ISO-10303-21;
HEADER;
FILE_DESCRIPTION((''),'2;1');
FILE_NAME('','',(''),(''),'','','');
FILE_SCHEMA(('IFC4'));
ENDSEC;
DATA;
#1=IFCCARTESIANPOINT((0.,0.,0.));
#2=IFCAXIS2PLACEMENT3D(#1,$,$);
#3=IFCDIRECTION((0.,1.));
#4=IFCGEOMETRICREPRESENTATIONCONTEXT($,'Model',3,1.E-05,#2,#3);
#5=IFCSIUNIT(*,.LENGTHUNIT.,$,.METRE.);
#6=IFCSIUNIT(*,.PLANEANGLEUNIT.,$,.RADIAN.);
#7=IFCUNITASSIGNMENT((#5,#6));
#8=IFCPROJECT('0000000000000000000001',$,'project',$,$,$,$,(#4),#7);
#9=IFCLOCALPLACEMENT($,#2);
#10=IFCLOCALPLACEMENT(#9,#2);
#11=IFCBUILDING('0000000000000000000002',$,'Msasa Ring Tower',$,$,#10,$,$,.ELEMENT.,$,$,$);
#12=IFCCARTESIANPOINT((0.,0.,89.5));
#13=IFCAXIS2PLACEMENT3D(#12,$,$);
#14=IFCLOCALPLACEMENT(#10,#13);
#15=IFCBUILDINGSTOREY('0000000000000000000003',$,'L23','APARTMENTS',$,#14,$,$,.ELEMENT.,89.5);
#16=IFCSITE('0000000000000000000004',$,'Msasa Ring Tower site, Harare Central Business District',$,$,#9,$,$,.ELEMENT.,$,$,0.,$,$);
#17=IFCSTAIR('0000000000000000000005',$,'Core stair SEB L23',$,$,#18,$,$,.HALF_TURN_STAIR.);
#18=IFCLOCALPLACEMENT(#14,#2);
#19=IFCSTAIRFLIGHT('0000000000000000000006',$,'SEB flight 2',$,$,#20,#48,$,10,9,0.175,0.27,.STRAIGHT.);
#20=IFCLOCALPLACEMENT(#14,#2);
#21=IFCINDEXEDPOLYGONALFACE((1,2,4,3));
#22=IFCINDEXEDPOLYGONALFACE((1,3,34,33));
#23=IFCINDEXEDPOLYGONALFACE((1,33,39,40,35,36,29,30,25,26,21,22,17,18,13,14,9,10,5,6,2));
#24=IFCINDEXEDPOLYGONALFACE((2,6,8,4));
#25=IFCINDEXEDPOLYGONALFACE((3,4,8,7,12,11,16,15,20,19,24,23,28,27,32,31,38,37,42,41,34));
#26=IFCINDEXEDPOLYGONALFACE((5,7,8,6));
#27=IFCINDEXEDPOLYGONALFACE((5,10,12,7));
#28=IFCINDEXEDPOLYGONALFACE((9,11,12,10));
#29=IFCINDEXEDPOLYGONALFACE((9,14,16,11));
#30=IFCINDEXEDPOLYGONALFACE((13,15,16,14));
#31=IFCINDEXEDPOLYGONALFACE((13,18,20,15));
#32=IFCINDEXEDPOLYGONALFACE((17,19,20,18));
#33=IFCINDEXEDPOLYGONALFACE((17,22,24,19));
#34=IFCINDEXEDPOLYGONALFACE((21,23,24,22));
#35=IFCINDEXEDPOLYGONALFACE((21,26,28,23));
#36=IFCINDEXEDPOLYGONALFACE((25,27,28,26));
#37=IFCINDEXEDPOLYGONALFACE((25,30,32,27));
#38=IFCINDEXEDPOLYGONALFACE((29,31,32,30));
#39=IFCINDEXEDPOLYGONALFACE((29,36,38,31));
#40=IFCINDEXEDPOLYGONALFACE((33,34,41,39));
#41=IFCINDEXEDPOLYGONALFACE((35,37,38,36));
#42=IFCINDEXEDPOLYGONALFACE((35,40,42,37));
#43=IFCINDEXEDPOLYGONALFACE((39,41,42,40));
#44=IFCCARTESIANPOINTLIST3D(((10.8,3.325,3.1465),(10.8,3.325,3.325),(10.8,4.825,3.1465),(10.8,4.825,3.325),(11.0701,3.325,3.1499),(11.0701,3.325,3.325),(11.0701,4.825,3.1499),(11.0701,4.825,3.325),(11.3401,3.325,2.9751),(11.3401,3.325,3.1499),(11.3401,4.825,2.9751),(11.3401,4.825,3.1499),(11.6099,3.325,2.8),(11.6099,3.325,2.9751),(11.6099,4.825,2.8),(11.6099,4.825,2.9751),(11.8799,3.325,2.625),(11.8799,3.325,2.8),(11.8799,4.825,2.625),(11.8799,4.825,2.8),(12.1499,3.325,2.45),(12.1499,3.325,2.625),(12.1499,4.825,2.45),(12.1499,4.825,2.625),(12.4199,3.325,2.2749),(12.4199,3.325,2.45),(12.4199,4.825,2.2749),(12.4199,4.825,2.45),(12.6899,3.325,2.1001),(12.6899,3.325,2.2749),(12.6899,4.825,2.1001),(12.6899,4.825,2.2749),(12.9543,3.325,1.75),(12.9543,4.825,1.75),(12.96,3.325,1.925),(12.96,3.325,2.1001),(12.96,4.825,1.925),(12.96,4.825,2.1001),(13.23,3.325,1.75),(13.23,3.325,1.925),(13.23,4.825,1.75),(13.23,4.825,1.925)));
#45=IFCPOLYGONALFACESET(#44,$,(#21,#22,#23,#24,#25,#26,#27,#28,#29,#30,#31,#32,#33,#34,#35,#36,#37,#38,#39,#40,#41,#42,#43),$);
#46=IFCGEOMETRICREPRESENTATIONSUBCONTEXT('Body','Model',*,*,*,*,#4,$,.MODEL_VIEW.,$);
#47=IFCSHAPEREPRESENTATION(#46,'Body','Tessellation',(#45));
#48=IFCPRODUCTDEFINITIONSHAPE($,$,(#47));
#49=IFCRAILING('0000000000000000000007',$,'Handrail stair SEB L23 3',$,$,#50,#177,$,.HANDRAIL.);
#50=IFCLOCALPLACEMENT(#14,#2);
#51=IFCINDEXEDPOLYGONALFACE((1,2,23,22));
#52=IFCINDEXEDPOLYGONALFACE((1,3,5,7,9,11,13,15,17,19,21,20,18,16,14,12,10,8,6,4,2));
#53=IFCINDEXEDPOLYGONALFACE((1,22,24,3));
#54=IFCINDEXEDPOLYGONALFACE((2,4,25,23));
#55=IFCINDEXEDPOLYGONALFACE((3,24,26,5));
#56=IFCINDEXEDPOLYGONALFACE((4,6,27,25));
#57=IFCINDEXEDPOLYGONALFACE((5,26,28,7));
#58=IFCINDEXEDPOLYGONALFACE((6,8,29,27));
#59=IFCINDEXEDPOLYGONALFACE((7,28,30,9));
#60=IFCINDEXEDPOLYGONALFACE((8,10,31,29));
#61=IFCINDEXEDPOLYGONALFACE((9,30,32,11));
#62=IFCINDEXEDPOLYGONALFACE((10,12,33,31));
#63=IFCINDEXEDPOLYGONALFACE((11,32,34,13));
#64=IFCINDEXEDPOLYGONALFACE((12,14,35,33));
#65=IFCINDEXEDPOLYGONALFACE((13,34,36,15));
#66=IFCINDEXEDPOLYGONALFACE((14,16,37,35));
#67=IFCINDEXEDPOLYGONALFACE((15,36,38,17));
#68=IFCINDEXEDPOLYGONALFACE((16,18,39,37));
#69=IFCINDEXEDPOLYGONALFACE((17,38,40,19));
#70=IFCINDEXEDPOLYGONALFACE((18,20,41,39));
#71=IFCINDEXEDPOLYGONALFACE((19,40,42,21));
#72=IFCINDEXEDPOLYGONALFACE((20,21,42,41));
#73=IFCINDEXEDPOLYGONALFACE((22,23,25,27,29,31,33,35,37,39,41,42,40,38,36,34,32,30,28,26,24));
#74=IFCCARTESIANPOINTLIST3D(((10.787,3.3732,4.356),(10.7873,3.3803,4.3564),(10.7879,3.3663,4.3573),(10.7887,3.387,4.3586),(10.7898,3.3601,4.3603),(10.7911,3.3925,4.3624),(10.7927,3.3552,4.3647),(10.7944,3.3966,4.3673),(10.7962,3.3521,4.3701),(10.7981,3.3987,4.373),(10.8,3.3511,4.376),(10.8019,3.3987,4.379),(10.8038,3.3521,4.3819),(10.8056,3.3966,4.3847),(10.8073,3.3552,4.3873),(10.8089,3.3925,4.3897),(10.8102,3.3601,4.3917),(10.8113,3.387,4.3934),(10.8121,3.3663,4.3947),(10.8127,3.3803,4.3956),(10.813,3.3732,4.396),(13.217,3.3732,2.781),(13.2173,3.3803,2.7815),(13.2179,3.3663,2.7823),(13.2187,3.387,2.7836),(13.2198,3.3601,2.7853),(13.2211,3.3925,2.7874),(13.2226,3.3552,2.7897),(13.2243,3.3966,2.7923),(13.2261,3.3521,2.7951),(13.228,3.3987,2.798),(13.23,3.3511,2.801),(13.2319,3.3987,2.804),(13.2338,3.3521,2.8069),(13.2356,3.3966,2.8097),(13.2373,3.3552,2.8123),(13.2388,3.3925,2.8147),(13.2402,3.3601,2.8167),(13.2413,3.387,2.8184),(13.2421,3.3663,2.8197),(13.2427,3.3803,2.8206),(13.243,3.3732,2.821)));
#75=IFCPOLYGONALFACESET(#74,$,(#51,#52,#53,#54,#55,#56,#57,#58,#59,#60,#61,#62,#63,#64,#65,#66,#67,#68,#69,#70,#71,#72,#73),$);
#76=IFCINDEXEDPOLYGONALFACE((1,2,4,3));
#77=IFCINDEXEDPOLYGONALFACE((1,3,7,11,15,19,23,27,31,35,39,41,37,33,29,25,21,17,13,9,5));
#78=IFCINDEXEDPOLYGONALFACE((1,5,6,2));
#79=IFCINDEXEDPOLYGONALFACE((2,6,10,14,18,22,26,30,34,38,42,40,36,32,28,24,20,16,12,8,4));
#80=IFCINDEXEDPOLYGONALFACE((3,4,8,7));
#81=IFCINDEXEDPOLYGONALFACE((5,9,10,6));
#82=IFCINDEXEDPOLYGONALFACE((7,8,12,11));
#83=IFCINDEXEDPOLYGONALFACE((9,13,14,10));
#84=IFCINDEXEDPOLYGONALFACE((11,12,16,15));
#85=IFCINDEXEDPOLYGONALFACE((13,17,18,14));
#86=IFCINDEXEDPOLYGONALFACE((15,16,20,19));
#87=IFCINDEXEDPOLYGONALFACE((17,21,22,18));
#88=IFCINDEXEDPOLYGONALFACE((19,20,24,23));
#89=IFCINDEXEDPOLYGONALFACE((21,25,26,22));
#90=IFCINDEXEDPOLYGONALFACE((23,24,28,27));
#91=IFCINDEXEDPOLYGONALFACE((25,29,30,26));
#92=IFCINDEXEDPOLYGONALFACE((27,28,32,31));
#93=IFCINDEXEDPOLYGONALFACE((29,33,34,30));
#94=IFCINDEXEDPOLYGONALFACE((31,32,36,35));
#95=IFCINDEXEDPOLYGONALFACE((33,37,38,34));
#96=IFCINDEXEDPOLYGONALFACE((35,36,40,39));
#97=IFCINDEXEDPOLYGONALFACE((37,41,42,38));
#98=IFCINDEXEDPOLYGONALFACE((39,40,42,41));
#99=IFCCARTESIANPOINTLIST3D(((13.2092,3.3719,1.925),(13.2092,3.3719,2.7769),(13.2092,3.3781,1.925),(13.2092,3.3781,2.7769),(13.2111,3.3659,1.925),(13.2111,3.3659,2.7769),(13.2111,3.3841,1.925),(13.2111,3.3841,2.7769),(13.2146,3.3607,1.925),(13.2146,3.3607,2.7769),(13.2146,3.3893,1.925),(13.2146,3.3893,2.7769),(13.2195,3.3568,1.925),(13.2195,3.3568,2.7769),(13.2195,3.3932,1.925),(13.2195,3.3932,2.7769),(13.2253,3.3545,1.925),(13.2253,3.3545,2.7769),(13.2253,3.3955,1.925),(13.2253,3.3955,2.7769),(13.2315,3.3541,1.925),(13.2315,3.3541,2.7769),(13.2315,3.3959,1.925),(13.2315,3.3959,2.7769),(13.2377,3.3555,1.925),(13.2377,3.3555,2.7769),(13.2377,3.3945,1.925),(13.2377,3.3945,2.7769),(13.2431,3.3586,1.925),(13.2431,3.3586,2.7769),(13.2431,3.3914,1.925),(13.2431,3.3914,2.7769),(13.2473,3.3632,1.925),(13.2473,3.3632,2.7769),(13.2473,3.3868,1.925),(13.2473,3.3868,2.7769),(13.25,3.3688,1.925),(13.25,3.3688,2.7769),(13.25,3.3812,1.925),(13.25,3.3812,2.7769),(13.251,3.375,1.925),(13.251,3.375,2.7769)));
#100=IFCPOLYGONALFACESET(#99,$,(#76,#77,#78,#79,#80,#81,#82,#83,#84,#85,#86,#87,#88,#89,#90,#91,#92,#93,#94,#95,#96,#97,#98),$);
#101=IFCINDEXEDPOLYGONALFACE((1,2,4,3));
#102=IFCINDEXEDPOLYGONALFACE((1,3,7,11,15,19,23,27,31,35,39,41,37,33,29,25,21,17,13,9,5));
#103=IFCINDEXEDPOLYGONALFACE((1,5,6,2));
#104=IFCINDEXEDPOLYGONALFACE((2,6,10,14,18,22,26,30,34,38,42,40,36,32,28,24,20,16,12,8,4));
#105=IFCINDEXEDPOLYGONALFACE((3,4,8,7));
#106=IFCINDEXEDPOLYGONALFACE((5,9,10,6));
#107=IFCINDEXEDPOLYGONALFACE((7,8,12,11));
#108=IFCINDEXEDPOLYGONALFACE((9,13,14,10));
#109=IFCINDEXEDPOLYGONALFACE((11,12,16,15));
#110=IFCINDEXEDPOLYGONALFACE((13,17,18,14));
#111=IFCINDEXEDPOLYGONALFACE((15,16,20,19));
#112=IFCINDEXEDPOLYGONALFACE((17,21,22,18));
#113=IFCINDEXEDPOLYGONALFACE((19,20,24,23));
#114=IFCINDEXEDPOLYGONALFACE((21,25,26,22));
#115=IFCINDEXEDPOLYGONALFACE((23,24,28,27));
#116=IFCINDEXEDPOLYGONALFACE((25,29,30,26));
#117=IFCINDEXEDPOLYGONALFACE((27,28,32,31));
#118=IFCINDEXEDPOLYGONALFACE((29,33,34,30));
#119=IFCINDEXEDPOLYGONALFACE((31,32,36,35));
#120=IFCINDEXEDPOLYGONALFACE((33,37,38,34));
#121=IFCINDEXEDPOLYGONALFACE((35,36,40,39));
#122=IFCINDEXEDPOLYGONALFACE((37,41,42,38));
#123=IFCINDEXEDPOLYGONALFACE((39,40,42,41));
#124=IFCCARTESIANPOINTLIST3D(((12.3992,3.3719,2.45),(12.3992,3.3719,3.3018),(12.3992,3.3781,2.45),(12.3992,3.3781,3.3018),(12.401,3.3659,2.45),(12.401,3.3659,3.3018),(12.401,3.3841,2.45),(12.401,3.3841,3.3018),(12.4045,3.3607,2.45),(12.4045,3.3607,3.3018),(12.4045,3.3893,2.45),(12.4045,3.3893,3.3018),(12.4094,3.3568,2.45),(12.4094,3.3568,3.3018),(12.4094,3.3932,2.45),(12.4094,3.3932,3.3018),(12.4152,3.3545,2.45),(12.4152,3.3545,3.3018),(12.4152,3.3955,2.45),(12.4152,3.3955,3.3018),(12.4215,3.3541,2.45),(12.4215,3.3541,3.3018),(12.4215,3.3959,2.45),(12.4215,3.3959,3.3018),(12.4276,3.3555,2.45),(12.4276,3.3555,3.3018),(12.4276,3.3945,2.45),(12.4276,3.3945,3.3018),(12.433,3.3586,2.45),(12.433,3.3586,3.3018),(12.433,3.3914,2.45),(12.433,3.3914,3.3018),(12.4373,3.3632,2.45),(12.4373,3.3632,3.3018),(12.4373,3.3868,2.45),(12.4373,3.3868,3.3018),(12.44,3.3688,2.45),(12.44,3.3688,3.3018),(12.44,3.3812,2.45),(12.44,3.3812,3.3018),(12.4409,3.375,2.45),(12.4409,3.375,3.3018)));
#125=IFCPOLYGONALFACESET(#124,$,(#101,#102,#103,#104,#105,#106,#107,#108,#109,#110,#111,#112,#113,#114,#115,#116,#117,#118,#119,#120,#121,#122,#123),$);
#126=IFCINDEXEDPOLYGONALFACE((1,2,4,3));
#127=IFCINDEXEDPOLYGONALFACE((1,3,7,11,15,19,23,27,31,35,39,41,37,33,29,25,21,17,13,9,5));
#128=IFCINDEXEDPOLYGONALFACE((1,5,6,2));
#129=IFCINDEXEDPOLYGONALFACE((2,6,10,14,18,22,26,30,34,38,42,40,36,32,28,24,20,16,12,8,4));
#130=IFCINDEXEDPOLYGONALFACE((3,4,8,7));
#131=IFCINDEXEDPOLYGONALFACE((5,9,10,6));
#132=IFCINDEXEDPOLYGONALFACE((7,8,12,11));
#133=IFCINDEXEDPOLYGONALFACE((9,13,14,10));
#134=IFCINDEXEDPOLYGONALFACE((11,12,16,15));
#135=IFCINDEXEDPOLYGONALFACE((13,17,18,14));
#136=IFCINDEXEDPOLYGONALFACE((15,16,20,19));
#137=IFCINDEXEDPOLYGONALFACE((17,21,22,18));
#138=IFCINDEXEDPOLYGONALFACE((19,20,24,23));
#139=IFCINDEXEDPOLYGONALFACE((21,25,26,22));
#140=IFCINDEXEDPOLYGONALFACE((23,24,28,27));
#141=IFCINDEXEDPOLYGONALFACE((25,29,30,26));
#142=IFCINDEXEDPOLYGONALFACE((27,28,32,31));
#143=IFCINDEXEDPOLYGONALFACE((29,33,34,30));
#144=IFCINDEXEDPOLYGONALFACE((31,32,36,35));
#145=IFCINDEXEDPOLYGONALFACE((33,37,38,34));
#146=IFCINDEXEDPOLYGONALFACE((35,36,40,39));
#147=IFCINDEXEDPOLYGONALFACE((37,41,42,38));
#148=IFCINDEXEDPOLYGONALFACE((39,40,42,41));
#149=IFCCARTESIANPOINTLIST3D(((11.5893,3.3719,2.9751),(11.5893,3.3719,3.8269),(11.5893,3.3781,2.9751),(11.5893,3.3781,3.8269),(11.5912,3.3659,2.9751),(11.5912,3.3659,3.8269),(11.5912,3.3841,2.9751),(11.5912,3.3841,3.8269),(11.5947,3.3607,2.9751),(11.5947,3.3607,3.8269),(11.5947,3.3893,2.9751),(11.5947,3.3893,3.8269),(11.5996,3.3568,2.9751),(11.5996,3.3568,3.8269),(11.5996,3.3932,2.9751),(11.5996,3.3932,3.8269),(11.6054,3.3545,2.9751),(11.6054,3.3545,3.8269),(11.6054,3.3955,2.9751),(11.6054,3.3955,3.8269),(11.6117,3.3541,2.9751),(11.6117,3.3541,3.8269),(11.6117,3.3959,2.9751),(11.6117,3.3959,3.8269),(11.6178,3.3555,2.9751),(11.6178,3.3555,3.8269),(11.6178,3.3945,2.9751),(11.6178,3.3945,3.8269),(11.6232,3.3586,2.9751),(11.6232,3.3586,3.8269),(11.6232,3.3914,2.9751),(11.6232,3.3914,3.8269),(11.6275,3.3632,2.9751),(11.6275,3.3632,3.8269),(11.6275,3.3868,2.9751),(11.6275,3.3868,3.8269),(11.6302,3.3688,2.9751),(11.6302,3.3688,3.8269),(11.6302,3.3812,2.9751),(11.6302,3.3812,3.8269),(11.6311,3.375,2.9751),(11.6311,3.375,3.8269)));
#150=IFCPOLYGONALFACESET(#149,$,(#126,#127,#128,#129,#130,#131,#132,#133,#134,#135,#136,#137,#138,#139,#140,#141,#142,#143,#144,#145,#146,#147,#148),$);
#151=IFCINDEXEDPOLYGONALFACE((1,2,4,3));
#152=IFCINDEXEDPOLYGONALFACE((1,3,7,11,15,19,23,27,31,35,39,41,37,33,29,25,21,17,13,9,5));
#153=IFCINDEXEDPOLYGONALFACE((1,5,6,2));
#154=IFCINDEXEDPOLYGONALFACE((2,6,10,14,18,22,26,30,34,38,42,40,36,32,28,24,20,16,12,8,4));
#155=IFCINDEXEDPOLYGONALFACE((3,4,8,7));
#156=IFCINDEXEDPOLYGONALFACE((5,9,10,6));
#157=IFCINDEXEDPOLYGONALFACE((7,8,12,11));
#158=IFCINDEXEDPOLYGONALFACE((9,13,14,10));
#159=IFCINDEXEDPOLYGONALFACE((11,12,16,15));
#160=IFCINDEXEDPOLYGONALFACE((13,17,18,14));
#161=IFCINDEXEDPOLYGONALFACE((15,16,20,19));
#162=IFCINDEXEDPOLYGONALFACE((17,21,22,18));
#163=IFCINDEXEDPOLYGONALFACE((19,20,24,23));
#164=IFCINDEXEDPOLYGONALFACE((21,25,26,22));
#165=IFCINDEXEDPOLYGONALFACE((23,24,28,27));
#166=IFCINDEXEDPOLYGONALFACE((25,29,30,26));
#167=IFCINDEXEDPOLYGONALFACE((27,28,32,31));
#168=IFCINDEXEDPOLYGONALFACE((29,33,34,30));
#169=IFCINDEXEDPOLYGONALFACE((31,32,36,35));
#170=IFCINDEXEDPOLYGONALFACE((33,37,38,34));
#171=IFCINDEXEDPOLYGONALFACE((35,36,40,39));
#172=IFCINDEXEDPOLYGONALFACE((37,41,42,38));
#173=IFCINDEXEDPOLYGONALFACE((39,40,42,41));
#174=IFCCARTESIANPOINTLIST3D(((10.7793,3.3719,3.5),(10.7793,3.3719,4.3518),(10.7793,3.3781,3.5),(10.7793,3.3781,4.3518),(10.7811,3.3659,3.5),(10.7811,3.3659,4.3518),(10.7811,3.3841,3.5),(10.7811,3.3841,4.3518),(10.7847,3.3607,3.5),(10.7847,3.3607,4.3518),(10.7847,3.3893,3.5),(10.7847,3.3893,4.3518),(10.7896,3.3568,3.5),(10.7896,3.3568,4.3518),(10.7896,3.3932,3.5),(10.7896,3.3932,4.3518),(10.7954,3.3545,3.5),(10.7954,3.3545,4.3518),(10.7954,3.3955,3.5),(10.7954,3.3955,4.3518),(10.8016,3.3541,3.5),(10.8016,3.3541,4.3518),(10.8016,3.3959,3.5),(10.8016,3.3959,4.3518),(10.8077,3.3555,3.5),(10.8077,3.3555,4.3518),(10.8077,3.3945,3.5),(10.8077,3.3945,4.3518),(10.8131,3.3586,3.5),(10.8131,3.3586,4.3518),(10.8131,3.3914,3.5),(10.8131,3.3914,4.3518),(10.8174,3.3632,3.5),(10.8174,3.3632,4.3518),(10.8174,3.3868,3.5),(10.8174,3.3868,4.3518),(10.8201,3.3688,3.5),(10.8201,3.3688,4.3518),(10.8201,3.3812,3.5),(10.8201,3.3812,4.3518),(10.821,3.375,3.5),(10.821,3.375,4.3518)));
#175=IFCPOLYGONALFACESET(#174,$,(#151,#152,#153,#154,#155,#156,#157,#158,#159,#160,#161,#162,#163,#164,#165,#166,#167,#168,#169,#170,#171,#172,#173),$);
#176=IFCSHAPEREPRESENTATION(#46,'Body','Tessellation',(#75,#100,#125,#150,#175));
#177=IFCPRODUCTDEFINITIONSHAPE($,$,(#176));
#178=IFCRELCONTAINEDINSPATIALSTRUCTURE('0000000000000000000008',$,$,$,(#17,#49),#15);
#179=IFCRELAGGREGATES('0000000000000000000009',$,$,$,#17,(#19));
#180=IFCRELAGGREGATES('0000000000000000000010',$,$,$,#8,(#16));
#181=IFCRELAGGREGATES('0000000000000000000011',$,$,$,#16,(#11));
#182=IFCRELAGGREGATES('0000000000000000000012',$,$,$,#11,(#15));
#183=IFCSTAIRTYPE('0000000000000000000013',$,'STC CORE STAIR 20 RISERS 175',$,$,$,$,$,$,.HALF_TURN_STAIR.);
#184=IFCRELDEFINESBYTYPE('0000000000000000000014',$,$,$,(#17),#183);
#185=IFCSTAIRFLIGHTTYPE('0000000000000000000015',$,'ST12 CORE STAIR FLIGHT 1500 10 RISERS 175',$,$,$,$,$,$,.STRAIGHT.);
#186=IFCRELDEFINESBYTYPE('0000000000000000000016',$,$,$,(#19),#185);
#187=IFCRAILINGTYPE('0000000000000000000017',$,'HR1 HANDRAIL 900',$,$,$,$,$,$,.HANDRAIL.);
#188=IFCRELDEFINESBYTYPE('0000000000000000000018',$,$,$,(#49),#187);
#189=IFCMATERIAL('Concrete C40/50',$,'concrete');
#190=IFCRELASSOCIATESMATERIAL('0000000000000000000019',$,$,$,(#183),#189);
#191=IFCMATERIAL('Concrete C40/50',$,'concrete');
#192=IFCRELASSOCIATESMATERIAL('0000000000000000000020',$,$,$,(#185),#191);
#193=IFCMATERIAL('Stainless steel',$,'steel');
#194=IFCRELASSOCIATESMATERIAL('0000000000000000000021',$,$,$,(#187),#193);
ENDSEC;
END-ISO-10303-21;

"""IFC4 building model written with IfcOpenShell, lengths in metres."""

from ifc_helpers import new_model, si_unit, direction, frame, origin, origin_2d, place, context, subcontext, project, spatial, polyline, circle, outline, extrude, material, type_object, element, aggregate, save


model = new_model("IFC4")

# Units and contexts
model_context = context("Model", 3, precision=1e-05, world=origin(), true_north=direction((0.0, 1.0)))
body_context = subcontext(model_context, "Body", "Model", "MODEL_VIEW")
ifc_project = project(units=[si_unit("LENGTHUNIT", "METRE"), si_unit("PLANEANGLEUNIT", "RADIAN")], contexts=[model_context])

# Site, building, storey
site_placement = place(None, origin())
site = spatial("IfcSite", under=ifc_project, at=site_placement, Name="Msasa Ring Tower site, Harare Central Business District", CompositionType="ELEMENT", RefElevation=0.0)
building_placement = place(site_placement, origin())
building = spatial("IfcBuilding", under=site, at=building_placement, Name="Msasa Ring Tower", CompositionType="ELEMENT")
storey_placement = place(building_placement, frame((0.0, 0.0, 89.5)))
storey = spatial("IfcBuildingStorey", under=building, at=storey_placement, Name="L23", Description="APARTMENTS", CompositionType="ELEMENT", Elevation=89.5)

# Stair, stair flight
ifc_material_1 = material(Name="Concrete C40/50", Category="concrete")
stair_type = type_object("IfcStairType", Name="STC CORE STAIR 20 RISERS 175", PredefinedType="HALF_TURN_STAIR", material=ifc_material_1)
stair_placement = place(storey_placement, origin())
stair = element("IfcStair", 1, at=stair_placement, inside=storey, type_object=stair_type, Name="Core stair SEB L23", PredefinedType="HALF_TURN_STAIR")
ifc_material_2 = material(Name="Concrete C40/50", Category="concrete")
stair_flight_type = type_object("IfcStairFlightType", Name="ST12 CORE STAIR FLIGHT 1500 10 RISERS 175", PredefinedType="STRAIGHT", material=ifc_material_2)
stair_flight_placement = place(storey_placement, frame((13.23, 4.075, 1.75), z_axis=(0.0, 0.0, 1.0), x_axis=(-1.0, 0.0, 0.0)))
stair_flight = element("IfcStairFlight", 2, at=stair_flight_placement, type_object=stair_flight_type, Name="SEB flight 2", NumberOfRisers=10, NumberOfTreads=9, PredefinedType="STRAIGHT", RiserHeight=0.175, TreadLength=0.27, context=body_context, shape_type="SweptSolid", body=[
    extrude(outline(polyline([(0.0, 0.0), (0.0, 0.175), (0.27, 0.175), (0.27, 0.3501), (0.54, 0.3501), (0.54, 0.5249), (0.8101, 0.5249), (0.8101, 0.7), (1.0801, 0.7), (1.0801, 0.875), (1.3501, 0.875), (1.3501, 1.05), (1.6201, 1.05), (1.6201, 1.2251), (1.8899, 1.2251), (1.8899, 1.3999), (2.1599, 1.3999), (2.1599, 1.575), (2.4299, 1.575), (2.4299, 1.75), (2.4299, 1.3965), (0.2756, 0.0), (0.0, 0.0)])), frame((0.0, 0.75, 0.0), z_axis=(0.0, -1.0, 0.0), x_axis=(1.0, 0.0, 0.0)), (0.0, 0.0, 1.0), 1.5),
])
aggregate(stair, [stair_flight])

# Railing
ifc_material_3 = material(Name="Stainless steel", Category="steel")
railing_type = type_object("IfcRailingType", Name="HR1 HANDRAIL 900", PredefinedType="HANDRAIL", material=ifc_material_3)
for number, where, name in (
    (3, (13.23, 3.375, 1.925), "Handrail stair SEB L23 3"),
):
    element("IfcRailing", number, at=place(storey_placement, frame(where)), inside=storey, type_object=railing_type, Name=name, PredefinedType="HANDRAIL", context=body_context, shape_type="SweptSolid", body=[
        extrude(circle(Radius=0.0239, at=origin_2d()), frame((0.0, 0.0, 0.876), z_axis=(-0.839154, 0.0, 0.543894), x_axis=(0.0, -1.0, 0.0)), (0.0, 0.0, 1.0), 2.8958),
        extrude(circle(Radius=0.021, at=origin_2d()), origin(), (0.0, 0.0, 1.0), 0.8518),
        extrude(circle(Radius=0.021, at=origin_2d()), frame((-0.8101, 0.0, 0.5249)), (0.0, 0.0, 1.0), 0.8518),
        extrude(circle(Radius=0.021, at=origin_2d()), frame((-1.6199, 0.0, 1.05)), (0.0, 0.0, 1.0), 0.8518),
        extrude(circle(Radius=0.021, at=origin_2d()), frame((-2.4299, 0.0, 1.575)), (0.0, 0.0, 1.0), 0.8518),
    ])

save(model, "model.ifc")
